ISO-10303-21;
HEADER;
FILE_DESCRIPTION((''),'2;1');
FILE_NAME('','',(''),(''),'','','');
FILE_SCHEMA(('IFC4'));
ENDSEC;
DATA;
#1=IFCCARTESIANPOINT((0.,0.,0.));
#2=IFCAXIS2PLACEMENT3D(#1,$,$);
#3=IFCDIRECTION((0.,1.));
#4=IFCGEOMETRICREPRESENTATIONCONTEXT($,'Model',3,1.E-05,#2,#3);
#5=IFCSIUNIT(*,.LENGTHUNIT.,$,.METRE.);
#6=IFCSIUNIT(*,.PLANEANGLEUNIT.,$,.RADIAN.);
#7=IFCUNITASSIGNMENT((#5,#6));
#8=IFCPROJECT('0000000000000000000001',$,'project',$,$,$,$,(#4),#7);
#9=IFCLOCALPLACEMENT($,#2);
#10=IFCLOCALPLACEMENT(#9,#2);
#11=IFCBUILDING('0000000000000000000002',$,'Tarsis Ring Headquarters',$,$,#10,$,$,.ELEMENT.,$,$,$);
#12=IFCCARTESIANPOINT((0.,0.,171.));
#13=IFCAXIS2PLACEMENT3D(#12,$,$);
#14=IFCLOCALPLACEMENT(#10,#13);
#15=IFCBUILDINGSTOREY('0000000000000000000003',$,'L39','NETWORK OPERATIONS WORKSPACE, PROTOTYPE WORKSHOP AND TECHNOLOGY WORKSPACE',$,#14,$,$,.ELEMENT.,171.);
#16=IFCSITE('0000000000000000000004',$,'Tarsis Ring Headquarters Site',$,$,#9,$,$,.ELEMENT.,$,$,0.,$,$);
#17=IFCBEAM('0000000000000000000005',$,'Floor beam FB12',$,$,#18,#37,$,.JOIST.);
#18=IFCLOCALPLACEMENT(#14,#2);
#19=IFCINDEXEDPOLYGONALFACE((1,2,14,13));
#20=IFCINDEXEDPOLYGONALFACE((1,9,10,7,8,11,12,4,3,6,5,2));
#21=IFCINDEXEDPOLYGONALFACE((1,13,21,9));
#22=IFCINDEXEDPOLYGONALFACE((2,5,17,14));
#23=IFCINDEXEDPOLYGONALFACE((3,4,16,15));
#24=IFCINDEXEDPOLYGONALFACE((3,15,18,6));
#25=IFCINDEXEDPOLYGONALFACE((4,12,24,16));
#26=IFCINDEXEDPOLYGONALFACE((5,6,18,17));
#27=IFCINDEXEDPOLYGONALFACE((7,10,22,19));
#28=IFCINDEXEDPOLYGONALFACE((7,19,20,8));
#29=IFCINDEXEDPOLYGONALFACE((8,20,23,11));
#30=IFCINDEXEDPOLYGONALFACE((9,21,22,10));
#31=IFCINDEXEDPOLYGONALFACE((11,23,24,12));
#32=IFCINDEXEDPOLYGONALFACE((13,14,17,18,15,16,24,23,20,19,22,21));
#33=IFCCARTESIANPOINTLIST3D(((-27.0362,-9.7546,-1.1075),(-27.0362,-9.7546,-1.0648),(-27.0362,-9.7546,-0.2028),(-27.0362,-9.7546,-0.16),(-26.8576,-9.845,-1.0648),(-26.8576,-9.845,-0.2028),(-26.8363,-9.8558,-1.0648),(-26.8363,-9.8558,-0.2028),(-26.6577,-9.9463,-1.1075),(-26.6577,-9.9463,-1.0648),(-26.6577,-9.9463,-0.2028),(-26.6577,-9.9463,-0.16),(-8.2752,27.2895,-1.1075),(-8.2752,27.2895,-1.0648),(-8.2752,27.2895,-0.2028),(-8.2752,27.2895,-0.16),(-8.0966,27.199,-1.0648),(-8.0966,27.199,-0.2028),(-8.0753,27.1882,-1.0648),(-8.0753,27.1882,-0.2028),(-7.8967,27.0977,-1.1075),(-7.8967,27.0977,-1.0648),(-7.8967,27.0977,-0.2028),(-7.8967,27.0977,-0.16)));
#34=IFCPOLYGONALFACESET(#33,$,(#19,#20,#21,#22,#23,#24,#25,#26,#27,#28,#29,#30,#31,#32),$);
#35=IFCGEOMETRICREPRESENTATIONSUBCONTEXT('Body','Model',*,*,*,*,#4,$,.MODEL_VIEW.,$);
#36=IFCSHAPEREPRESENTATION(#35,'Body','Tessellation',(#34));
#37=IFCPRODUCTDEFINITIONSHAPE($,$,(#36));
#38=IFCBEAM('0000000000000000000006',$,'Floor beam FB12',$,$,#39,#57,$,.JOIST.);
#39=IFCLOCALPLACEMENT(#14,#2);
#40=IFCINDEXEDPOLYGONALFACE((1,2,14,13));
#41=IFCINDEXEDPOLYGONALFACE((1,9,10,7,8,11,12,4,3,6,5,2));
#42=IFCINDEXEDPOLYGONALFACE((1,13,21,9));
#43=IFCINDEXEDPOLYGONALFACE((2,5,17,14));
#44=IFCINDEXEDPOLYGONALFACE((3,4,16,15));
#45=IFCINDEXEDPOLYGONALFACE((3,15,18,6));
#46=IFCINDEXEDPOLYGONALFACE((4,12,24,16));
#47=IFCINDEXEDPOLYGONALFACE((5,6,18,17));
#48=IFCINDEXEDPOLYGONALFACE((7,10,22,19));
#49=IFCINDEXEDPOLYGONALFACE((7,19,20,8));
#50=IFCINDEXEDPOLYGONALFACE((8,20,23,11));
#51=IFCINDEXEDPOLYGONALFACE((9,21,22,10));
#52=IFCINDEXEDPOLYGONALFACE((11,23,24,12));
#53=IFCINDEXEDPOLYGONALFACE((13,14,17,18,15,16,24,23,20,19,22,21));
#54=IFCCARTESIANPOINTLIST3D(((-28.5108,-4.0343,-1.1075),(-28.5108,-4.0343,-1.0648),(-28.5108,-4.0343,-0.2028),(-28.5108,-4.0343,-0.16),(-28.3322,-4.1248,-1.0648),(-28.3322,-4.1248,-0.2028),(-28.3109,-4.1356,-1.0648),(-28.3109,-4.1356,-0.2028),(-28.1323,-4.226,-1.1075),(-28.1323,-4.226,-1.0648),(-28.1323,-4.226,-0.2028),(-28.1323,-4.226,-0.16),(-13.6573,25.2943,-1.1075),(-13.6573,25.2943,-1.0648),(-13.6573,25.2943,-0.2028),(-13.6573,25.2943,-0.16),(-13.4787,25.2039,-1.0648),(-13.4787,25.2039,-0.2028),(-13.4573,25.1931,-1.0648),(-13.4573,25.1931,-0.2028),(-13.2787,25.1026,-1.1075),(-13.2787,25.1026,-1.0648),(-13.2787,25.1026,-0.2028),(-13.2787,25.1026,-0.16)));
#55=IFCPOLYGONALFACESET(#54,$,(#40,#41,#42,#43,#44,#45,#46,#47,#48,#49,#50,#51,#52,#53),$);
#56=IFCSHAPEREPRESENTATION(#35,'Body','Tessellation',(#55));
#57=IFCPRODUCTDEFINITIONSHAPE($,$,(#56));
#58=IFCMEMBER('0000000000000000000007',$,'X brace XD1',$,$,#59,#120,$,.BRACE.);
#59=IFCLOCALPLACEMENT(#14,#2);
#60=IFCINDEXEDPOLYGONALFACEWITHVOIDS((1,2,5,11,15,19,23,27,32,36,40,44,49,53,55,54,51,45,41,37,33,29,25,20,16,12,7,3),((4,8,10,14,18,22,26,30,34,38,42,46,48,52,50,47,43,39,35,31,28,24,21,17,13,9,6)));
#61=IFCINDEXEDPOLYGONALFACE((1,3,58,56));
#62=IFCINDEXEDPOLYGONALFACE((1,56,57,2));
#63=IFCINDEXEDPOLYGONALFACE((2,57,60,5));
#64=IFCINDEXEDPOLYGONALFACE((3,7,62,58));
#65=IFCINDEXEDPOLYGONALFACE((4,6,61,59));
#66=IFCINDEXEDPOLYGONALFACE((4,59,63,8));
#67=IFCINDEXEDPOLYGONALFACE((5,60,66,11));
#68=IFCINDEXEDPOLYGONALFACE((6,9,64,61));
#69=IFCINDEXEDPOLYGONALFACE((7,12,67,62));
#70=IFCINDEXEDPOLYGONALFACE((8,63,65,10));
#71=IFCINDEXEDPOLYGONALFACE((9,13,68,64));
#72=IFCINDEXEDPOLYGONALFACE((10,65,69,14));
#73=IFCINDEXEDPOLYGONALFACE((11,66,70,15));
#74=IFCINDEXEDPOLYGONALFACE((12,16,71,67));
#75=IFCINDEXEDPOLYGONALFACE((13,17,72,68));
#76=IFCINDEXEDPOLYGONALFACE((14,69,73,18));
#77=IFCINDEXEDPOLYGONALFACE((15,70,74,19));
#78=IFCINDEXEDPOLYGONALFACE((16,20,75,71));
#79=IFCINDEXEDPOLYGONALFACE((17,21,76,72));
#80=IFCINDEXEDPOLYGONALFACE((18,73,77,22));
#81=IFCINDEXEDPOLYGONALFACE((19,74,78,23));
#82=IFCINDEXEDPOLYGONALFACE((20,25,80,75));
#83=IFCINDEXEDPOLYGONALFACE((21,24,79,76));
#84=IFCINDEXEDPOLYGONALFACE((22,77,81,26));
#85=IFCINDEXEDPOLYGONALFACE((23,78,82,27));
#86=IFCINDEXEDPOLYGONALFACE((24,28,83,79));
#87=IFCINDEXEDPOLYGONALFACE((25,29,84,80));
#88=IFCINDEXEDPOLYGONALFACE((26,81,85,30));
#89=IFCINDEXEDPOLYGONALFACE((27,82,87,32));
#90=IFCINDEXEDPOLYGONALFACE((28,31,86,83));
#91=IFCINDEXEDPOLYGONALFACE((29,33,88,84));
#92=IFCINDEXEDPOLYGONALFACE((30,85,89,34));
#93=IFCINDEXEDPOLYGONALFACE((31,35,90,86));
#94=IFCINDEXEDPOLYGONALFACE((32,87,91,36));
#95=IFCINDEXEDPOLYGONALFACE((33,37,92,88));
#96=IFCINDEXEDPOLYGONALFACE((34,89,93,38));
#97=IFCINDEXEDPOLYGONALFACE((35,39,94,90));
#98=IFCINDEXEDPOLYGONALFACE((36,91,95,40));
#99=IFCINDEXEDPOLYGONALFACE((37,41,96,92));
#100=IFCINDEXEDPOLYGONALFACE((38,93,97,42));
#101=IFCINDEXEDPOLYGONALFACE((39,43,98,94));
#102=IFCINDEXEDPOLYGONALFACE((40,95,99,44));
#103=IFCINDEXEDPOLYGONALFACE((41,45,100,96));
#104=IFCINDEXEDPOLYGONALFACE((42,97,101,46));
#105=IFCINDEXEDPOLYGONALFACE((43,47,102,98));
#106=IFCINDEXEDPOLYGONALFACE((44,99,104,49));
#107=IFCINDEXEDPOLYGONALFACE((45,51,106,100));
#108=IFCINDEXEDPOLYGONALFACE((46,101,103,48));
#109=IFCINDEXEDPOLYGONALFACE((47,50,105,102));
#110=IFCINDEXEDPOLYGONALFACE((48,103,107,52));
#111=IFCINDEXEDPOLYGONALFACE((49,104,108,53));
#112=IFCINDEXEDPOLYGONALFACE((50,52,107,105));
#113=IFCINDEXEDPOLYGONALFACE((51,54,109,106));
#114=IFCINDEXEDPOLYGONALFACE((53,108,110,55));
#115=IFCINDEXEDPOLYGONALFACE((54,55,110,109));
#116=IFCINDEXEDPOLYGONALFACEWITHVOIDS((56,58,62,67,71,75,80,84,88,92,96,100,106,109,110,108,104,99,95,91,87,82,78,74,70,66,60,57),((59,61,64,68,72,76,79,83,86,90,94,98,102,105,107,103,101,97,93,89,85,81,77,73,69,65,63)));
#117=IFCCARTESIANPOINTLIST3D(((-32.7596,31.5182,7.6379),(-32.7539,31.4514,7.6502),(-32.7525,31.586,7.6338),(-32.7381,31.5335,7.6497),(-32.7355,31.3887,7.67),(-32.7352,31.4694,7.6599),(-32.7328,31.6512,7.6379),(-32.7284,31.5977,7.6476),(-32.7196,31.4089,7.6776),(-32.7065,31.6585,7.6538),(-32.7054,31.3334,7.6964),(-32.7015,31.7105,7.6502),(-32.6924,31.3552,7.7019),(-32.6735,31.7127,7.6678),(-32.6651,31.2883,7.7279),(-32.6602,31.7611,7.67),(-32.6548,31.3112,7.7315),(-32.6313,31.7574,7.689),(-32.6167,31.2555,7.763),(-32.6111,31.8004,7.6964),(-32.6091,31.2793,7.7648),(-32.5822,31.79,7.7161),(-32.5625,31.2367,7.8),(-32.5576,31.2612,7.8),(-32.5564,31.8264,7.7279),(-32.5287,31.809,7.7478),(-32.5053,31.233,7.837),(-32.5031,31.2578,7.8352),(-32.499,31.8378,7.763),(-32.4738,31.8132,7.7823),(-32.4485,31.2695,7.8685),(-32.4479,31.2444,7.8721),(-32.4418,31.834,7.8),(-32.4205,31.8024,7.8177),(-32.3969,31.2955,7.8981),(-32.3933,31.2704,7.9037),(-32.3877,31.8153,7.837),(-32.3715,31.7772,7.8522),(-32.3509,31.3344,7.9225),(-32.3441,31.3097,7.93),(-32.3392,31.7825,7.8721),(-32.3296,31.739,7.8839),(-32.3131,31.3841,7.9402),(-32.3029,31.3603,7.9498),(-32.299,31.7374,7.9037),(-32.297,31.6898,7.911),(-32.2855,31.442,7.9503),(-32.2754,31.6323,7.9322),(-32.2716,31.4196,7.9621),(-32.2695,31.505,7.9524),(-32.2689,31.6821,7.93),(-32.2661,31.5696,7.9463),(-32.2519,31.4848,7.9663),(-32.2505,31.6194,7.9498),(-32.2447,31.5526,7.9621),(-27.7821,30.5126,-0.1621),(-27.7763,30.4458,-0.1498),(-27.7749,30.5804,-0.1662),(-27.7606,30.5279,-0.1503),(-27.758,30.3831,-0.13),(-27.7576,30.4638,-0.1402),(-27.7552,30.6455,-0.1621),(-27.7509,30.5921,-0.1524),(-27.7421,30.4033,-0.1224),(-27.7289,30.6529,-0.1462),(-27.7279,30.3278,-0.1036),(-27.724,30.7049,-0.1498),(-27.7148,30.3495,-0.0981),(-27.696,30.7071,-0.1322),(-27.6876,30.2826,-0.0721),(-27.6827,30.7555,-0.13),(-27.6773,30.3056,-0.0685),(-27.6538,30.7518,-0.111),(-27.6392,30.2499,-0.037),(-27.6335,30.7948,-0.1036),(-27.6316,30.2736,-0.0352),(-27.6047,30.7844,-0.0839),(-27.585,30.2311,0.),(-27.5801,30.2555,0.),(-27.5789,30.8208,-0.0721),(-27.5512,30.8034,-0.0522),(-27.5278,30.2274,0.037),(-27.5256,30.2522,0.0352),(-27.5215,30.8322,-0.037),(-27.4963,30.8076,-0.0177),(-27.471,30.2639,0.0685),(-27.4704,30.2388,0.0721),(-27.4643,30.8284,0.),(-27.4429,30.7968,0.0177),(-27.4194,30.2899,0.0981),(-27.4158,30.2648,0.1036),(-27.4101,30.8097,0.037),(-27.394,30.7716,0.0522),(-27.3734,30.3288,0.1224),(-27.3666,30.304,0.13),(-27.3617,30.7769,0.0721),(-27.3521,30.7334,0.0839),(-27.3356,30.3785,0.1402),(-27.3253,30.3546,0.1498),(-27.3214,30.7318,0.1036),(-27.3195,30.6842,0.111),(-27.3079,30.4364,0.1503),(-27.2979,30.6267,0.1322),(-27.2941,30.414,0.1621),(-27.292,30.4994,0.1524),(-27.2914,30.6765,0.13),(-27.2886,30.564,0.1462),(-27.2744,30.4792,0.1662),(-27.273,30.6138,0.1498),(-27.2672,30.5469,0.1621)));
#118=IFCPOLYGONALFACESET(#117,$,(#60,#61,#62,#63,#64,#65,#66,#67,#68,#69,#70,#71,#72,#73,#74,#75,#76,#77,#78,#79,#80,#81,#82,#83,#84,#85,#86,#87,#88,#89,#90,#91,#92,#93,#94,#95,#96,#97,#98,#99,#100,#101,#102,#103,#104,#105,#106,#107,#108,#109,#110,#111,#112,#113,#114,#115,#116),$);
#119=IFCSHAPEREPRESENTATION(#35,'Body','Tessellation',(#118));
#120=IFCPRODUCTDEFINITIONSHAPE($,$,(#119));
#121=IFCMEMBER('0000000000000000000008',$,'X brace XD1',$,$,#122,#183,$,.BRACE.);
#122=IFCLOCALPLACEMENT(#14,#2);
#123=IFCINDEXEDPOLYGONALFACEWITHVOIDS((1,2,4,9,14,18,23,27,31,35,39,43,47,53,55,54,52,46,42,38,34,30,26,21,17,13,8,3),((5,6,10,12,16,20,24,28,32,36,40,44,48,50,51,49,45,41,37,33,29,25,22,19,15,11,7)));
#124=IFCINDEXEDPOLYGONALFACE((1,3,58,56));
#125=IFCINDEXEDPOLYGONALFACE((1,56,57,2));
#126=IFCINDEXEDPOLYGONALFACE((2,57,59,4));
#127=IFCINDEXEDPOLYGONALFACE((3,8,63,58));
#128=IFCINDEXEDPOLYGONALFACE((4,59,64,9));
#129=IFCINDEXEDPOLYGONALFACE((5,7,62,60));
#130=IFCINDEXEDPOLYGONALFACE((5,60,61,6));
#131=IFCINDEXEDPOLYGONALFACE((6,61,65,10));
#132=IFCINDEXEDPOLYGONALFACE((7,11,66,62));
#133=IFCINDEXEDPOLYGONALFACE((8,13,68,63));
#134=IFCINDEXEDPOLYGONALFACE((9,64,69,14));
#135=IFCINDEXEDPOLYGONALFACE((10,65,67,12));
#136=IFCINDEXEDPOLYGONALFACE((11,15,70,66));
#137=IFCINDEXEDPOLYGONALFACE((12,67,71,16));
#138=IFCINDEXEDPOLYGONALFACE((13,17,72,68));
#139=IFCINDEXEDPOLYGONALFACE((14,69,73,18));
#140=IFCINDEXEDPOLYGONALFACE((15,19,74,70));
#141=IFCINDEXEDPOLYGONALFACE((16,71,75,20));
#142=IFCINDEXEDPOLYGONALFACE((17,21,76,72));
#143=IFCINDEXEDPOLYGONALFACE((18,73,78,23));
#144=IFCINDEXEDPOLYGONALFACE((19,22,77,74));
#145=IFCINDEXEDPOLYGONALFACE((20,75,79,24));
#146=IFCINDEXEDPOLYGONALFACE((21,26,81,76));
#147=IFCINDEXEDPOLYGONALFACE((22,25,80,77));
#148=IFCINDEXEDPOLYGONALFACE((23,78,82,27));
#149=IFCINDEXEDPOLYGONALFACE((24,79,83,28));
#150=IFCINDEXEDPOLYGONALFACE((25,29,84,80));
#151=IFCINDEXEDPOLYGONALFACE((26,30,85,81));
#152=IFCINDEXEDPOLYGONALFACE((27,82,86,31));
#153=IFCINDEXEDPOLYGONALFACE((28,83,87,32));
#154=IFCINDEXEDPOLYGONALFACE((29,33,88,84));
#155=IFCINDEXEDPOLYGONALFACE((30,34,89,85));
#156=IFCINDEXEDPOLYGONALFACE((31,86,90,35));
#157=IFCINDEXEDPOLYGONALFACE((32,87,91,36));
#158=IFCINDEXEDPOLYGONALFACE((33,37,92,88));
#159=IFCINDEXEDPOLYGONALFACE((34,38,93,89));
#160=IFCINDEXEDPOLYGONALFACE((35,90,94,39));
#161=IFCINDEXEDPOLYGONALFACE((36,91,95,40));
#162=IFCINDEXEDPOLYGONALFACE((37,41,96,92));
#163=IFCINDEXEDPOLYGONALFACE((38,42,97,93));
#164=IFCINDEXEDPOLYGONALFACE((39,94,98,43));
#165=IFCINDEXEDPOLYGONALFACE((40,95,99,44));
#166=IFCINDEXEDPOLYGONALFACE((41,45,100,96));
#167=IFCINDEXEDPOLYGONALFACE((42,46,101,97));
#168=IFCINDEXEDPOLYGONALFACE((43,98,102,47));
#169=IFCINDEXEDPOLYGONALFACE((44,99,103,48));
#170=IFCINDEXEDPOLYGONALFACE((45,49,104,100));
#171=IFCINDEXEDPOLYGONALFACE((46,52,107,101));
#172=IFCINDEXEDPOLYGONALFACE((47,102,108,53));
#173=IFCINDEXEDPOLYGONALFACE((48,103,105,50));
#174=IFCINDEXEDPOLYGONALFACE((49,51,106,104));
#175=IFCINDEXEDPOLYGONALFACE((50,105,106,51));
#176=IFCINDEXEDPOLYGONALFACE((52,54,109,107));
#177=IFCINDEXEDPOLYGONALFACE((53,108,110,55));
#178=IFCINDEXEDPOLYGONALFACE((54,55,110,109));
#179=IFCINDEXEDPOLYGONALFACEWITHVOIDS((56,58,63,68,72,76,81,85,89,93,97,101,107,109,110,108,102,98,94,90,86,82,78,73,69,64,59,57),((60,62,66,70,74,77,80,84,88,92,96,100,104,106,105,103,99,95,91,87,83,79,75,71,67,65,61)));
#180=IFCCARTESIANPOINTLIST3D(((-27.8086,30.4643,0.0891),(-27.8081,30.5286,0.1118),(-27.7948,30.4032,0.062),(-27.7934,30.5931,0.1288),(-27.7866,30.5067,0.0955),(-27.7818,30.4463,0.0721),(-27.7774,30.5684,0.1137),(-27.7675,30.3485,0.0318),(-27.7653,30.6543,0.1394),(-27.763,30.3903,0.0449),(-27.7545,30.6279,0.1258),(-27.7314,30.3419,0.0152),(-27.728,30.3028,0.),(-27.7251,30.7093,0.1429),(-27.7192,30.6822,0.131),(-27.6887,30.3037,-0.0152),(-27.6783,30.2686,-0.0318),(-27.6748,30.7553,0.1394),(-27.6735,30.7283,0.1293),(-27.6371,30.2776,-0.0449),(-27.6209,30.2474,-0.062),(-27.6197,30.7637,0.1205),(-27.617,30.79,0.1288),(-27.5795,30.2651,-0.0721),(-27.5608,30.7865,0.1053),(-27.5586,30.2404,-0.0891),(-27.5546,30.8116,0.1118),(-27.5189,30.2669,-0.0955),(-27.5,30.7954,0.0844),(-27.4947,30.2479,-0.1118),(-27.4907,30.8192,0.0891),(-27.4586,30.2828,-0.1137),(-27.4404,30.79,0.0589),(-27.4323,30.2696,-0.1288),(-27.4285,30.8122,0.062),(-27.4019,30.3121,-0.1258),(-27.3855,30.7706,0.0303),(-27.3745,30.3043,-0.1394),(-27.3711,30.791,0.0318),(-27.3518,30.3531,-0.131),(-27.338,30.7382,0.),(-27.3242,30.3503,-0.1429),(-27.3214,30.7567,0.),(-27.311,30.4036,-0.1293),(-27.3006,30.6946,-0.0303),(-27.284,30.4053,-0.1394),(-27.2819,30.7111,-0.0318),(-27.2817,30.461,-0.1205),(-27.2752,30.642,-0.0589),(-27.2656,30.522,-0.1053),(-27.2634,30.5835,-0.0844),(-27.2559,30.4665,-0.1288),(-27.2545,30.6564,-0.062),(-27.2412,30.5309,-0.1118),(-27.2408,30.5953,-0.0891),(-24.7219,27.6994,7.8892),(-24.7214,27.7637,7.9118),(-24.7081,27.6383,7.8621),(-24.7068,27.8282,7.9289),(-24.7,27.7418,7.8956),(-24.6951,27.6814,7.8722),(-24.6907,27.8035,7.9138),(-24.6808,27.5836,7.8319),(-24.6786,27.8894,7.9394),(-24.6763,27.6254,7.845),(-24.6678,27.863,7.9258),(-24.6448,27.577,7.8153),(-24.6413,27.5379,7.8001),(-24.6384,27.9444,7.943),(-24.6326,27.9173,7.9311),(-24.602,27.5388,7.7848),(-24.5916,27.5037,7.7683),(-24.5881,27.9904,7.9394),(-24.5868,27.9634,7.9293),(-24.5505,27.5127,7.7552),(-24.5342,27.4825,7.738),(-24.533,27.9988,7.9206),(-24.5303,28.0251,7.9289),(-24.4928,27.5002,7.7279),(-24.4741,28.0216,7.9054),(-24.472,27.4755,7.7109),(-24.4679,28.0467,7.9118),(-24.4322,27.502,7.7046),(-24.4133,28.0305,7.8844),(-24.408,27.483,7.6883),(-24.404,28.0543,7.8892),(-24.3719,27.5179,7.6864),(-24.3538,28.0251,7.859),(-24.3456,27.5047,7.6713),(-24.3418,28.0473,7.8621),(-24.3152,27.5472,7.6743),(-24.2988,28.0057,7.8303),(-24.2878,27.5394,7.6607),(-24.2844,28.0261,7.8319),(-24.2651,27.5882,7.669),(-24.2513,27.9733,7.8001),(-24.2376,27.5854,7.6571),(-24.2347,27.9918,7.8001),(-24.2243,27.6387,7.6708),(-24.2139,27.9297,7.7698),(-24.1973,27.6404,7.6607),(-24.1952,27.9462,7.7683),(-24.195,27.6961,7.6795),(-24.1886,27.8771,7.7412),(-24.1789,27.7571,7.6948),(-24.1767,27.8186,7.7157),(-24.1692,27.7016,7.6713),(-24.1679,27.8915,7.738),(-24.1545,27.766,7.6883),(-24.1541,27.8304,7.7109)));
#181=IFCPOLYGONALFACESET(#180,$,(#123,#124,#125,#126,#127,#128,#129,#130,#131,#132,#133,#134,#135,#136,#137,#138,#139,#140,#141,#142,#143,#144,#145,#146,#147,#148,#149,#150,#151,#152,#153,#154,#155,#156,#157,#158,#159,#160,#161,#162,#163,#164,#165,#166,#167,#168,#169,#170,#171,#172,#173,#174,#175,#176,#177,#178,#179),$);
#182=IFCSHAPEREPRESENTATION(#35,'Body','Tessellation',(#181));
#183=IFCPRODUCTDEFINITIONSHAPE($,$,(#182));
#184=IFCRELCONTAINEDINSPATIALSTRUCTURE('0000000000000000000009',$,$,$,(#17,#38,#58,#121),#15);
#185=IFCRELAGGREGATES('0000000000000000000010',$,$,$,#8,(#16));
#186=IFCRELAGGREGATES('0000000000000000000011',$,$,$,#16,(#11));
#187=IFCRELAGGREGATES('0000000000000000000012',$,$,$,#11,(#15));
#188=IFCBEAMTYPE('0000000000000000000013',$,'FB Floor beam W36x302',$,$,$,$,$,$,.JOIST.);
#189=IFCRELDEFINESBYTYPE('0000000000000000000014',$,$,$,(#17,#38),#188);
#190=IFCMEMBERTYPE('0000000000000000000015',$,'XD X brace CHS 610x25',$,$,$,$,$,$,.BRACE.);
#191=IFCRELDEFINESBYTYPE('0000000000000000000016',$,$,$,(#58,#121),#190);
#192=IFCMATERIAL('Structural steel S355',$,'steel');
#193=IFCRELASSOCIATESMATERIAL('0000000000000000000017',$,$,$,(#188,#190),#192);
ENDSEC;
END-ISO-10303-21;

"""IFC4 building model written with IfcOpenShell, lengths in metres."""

from ifc_helpers import new_model, si_unit, direction, frame, origin, origin_2d, place, context, subcontext, project, spatial, hollow_circle, i_section, extrude, material, material_profile, profile_set, type_object, element, save


model = new_model("IFC4")

# Units and contexts
model_context = context("Model", 3, precision=1e-05, world=origin(), true_north=direction((0.0, 1.0)))
body_context = subcontext(model_context, "Body", "Model", "MODEL_VIEW")
ifc_project = project(units=[si_unit("LENGTHUNIT", "METRE"), si_unit("PLANEANGLEUNIT", "RADIAN")], contexts=[model_context])

# Site, building, storey
site_placement = place(None, origin())
site = spatial("IfcSite", under=ifc_project, at=site_placement, Name="Tarsis Ring Headquarters Site", CompositionType="ELEMENT", RefElevation=0.0)
building_placement = place(site_placement, origin())
building = spatial("IfcBuilding", under=site, at=building_placement, Name="Tarsis Ring Headquarters", CompositionType="ELEMENT")
storey_placement = place(building_placement, frame((0.0, 0.0, 171.0)))
storey = spatial("IfcBuildingStorey", under=building, at=storey_placement, Name="L39", Description="NETWORK OPERATIONS WORKSPACE, PROTOTYPE WORKSHOP AND TECHNOLOGY WORKSPACE", CompositionType="ELEMENT", Elevation=171.0)

# Shared definitions
ifc_material_1 = material(Name="Structural steel S355", Category="steel")

# Beams
ifc_material_profile_1 = material_profile(ifc_material_1, i_section(OverallWidth=0.4243, OverallDepth=0.9475, WebThickness=0.0239, FlangeThickness=0.0427, at=origin_2d()), Name="W36x302")
ifc_profile_set_1 = profile_set([ifc_material_profile_1], Name="Structural steel S355")
beam_type_1 = type_object("IfcBeamType", Name="FB Floor beam W36x302", PredefinedType="JOIST", material=ifc_profile_set_1)
beam_1_placement = place(storey_placement, frame((-8.0859, 27.1936, -0.6338), z_axis=(-0.451813, -0.892113, 0.0), x_axis=(0.892113, -0.451813, 0.0)))
element("IfcBeam", 1, at=beam_1_placement, inside=storey, type_object=beam_type_1, Name="Floor beam FB12", PredefinedType="JOIST", context=body_context, shape_type="SweptSolid", body=[
    extrude(i_section(OverallWidth=0.4243, OverallDepth=0.9475, WebThickness=0.0239, FlangeThickness=0.0427, at=origin_2d()), origin(), (0.0, 0.0, 1.0), 41.5239),
])
beam_2_placement = place(storey_placement, frame((-13.468, 25.1985, -0.6338), z_axis=(-0.451812, -0.892113, 0.0), x_axis=(0.892113, -0.451812, 0.0)))
element("IfcBeam", 2, at=beam_2_placement, inside=storey, type_object=beam_type_1, Name="Floor beam FB12", PredefinedType="JOIST", context=body_context, shape_type="SweptSolid", body=[
    extrude(i_section(OverallWidth=0.4243, OverallDepth=0.9475, WebThickness=0.0239, FlangeThickness=0.0427, at=origin_2d()), origin(), (0.0, 0.0, 1.0), 32.8755),
])

# Members
ifc_material_profile_2 = material_profile(ifc_material_1, hollow_circle(Radius=0.3047, WallThickness=0.0249, at=origin_2d()), Name="CHS 610x25")
ifc_profile_set_2 = profile_set([ifc_material_profile_2], Name="Structural steel S355")
member_type = type_object("IfcMemberType", Name="XD X brace CHS 610x25", PredefinedType="BRACE", material=ifc_profile_set_2)
member_1_placement = place(storey_placement, frame((-27.5247, 30.5298, 0.0), z_axis=(-0.534793, 0.108045, 0.838047), x_axis=(-0.19803, -0.980196, 0.0)))
element("IfcMember", 3, at=member_1_placement, inside=storey, type_object=member_type, Name="X brace XD1", PredefinedType="BRACE", context=body_context, shape_type="SweptSolid", body=[
    extrude(hollow_circle(Radius=0.3047, WallThickness=0.0249, at=origin_2d()), origin(), (0.0, 0.0, 1.0), 9.3074),
])
member_2_placement = place(storey_placement, frame((-27.5247, 30.5298, 0.0), z_axis=(0.349468, -0.313037, 0.883108), x_axis=(0.667215, 0.744865, 0.0)))
element("IfcMember", 4, at=member_2_placement, inside=storey, type_object=member_type, Name="X brace XD1", PredefinedType="BRACE", context=body_context, shape_type="SweptSolid", body=[
    extrude(hollow_circle(Radius=0.3047, WallThickness=0.0249, at=origin_2d()), origin(), (0.0, 0.0, 1.0), 8.8325),
])

save(model, "model.ifc")
